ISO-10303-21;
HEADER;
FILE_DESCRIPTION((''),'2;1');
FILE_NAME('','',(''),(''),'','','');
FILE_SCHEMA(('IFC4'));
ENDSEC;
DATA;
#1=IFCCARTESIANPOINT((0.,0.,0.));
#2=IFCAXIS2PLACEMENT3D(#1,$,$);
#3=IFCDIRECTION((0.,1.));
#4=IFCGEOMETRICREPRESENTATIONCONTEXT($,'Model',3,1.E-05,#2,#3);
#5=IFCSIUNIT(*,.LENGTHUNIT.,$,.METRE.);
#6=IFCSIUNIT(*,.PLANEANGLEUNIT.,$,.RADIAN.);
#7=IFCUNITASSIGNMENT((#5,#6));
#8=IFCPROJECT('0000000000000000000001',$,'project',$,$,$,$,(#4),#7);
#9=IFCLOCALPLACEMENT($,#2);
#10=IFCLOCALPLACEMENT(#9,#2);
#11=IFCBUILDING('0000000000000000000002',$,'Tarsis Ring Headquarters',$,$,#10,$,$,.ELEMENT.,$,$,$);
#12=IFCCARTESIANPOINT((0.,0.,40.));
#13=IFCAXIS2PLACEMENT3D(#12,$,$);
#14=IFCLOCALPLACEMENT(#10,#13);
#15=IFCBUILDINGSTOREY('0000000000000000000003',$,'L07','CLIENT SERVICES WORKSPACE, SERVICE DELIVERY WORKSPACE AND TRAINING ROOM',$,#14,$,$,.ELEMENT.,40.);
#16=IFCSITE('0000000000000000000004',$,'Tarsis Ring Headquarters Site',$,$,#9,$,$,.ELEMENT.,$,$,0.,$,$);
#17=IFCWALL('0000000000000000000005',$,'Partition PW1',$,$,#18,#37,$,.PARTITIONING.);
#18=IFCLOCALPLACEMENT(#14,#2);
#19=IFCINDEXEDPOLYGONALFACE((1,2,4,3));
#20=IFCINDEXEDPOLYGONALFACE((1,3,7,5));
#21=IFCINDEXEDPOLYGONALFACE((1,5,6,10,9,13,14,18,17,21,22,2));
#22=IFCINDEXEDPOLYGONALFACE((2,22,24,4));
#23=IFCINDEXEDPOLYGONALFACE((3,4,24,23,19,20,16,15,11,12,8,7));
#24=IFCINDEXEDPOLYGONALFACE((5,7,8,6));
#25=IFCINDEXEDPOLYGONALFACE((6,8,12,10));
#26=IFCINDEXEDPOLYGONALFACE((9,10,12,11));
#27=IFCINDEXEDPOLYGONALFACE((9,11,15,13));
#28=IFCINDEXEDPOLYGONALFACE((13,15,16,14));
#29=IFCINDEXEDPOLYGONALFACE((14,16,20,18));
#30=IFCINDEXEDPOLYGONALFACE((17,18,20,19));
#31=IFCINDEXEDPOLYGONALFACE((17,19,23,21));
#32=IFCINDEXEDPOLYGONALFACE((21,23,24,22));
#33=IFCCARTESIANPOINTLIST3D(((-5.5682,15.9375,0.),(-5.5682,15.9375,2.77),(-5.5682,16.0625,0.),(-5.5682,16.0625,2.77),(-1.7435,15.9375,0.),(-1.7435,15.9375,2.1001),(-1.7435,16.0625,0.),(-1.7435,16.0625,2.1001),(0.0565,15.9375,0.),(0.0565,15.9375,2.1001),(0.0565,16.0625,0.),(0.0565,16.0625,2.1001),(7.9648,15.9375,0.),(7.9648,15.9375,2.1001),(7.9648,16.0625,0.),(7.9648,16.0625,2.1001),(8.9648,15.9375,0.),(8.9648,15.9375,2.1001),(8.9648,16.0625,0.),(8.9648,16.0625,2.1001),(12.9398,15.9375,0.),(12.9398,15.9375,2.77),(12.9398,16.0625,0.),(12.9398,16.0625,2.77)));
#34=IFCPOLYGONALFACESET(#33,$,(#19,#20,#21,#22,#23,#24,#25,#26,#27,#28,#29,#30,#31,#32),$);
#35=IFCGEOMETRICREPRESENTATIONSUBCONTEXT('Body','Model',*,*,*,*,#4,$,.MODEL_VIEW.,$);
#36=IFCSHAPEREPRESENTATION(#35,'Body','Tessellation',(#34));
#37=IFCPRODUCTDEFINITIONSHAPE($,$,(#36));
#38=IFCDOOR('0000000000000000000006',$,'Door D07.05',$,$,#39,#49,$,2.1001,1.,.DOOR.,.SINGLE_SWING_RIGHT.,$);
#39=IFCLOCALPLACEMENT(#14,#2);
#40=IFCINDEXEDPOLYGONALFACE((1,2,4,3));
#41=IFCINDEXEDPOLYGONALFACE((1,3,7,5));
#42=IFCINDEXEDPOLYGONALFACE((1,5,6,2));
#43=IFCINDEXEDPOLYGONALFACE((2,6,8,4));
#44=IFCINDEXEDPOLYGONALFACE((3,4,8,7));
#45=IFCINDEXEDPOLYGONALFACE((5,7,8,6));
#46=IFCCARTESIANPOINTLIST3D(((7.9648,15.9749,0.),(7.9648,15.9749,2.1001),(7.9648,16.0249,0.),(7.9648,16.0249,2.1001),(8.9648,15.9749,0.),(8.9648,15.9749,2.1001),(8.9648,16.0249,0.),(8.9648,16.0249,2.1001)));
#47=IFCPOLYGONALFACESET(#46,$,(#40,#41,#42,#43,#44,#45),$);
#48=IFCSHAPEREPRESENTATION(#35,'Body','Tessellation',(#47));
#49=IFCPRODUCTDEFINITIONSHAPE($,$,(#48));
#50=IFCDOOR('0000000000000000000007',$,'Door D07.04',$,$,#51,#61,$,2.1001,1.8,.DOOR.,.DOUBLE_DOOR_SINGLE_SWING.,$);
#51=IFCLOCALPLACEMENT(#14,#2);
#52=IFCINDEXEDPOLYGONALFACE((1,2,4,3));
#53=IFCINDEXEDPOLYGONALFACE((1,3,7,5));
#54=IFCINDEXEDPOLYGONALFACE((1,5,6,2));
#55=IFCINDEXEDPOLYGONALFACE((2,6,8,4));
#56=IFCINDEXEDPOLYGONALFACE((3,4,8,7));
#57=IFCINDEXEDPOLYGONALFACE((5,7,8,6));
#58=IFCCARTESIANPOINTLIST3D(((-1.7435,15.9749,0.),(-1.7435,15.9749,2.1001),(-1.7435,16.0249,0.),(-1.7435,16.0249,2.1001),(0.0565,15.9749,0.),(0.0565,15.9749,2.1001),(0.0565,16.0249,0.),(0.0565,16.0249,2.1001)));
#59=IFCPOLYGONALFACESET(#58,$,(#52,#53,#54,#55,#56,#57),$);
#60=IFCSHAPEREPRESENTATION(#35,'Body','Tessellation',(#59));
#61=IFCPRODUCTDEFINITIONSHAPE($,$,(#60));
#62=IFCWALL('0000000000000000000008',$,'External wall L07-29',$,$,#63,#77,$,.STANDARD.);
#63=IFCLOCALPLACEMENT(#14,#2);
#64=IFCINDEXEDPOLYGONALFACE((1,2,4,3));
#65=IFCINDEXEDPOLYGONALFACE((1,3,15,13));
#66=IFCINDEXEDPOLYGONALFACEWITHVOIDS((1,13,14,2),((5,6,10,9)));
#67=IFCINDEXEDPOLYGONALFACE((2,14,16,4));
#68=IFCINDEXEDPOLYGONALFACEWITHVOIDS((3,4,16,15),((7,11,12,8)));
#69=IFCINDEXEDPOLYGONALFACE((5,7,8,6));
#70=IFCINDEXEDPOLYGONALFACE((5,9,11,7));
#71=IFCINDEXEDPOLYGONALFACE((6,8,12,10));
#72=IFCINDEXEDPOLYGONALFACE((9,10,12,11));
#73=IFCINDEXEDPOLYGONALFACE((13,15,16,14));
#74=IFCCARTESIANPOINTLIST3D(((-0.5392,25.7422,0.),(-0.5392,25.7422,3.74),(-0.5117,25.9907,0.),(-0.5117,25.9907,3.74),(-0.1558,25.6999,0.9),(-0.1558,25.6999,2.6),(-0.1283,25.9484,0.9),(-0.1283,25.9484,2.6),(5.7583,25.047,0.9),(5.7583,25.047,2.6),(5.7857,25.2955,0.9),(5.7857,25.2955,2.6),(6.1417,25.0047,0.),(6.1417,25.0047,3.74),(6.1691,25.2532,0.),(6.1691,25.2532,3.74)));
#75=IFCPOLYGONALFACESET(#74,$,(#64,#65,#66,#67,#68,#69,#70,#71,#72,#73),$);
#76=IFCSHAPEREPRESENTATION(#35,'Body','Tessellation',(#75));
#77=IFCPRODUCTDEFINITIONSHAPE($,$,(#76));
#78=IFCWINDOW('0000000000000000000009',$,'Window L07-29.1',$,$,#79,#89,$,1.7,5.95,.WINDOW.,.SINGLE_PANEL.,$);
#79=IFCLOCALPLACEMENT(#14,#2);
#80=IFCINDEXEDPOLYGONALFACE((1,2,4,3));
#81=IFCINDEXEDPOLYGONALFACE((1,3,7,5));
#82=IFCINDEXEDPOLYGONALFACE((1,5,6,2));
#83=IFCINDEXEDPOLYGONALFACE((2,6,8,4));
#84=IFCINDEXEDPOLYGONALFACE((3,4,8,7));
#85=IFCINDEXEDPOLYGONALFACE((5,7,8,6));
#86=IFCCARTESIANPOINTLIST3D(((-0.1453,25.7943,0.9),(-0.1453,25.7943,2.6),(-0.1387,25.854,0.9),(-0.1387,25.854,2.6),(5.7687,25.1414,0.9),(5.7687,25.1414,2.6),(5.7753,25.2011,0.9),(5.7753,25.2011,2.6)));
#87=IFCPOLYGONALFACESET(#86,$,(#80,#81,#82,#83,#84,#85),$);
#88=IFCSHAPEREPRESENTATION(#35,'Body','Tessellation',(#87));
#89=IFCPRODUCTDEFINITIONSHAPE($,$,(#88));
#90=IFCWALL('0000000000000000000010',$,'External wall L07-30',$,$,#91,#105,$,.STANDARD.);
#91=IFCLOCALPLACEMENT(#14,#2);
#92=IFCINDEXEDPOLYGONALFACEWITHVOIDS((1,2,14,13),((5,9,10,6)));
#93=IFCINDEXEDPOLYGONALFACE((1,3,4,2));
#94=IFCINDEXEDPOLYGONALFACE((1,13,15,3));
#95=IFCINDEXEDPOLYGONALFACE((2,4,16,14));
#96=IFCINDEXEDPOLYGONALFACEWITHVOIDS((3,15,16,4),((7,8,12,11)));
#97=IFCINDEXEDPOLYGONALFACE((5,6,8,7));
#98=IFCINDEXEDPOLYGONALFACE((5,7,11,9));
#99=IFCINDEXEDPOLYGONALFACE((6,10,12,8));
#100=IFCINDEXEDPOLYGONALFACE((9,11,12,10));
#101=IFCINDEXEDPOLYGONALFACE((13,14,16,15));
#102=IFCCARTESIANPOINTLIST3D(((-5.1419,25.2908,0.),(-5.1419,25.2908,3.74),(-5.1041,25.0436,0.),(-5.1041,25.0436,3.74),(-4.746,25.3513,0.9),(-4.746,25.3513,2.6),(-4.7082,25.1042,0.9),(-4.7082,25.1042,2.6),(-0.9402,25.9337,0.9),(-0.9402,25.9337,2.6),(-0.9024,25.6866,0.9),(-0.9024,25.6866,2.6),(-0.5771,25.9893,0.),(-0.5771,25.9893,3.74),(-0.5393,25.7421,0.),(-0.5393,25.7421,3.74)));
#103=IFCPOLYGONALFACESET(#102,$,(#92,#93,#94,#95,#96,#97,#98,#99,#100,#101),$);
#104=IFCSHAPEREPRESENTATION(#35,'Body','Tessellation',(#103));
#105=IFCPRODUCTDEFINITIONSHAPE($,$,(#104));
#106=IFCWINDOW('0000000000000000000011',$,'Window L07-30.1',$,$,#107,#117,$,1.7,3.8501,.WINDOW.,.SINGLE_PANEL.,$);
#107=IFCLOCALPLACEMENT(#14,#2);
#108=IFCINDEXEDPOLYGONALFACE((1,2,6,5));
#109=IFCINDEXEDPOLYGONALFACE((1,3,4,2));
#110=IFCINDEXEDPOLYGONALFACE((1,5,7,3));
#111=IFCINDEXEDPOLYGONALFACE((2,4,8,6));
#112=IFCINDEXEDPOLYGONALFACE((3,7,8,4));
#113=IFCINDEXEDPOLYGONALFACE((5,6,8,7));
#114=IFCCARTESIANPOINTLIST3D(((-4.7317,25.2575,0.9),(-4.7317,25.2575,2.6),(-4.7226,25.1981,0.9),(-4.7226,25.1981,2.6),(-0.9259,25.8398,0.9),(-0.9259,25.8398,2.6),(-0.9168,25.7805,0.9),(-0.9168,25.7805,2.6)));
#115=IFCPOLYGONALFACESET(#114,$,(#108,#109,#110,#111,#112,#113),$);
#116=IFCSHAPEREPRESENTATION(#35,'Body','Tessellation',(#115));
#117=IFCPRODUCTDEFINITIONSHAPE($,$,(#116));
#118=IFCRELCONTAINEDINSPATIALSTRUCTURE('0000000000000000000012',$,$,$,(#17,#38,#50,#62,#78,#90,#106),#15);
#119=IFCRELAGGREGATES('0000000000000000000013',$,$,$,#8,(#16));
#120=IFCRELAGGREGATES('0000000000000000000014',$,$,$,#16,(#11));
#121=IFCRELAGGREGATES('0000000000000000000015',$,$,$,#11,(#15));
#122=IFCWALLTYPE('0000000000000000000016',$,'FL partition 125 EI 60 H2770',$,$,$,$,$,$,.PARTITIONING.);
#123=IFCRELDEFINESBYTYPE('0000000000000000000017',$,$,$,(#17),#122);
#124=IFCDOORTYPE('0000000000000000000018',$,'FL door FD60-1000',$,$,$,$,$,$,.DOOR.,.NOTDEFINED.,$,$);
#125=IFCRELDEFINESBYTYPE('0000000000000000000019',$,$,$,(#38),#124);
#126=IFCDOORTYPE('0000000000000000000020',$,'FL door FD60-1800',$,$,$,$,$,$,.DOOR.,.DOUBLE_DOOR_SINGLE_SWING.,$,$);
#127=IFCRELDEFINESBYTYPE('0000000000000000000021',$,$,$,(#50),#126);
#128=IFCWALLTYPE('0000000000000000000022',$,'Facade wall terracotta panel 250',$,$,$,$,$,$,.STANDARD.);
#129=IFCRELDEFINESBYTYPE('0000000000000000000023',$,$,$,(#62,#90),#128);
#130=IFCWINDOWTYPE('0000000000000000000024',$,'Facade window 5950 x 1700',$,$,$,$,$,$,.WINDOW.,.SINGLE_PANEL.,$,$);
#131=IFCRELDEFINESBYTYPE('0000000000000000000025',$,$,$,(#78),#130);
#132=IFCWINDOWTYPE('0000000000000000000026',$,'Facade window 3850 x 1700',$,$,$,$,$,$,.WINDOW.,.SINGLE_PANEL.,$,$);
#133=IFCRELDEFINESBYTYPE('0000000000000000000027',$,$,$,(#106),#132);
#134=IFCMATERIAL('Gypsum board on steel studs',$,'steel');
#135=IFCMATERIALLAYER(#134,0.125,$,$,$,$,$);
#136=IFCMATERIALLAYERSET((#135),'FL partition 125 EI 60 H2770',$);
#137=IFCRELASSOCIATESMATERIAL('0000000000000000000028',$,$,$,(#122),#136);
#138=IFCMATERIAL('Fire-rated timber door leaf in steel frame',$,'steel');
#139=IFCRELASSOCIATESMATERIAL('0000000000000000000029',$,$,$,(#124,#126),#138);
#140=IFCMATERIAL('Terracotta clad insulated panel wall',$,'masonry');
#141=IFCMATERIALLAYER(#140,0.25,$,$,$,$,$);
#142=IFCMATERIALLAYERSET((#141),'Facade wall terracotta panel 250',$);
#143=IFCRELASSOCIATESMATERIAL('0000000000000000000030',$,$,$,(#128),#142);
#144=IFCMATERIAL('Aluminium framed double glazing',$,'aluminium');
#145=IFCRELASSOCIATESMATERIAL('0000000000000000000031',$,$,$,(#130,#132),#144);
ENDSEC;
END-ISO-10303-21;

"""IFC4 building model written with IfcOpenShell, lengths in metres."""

from ifc_helpers import new_model, si_unit, direction, frame, frame_2d, origin, place, context, subcontext, project, spatial, rectangle, extrude, material, layer, layer_set, type_object, element, fill, save


model = new_model("IFC4")

# Units and contexts
model_context = context("Model", 3, precision=1e-05, world=origin(), true_north=direction((0.0, 1.0)))
body_context = subcontext(model_context, "Body", "Model", "MODEL_VIEW")
ifc_project = project(units=[si_unit("LENGTHUNIT", "METRE"), si_unit("PLANEANGLEUNIT", "RADIAN")], contexts=[model_context])

# Site, building, storey
site_placement = place(None, origin())
site = spatial("IfcSite", under=ifc_project, at=site_placement, Name="Tarsis Ring Headquarters Site", CompositionType="ELEMENT", RefElevation=0.0)
building_placement = place(site_placement, origin())
building = spatial("IfcBuilding", under=site, at=building_placement, Name="Tarsis Ring Headquarters", CompositionType="ELEMENT")
storey_placement = place(building_placement, frame((0.0, 0.0, 40.0)))
storey = spatial("IfcBuildingStorey", under=building, at=storey_placement, Name="L07", Description="CLIENT SERVICES WORKSPACE, SERVICE DELIVERY WORKSPACE AND TRAINING ROOM", CompositionType="ELEMENT", Elevation=40.0)

# Shared definitions
ifc_material_1 = material(Name="Gypsum board on steel studs", Category="steel")

# Wall, openings, doors
ifc_layer_1 = layer(ifc_material_1, 0.125)
ifc_layer_set_1 = layer_set([ifc_layer_1], Name="FL partition 125 EI 60 H2770")
wall_type_1 = type_object("IfcWallType", Name="FL partition 125 EI 60 H2770", PredefinedType="PARTITIONING", material=ifc_layer_set_1)
wall_1_placement = place(storey_placement, frame((-5.5681, 16.0, 0.0), z_axis=(0.0, 0.0, 1.0), x_axis=(1.0, 0.0, 0.0)))
wall_1 = element("IfcWall", 1, at=wall_1_placement, inside=storey, type_object=wall_type_1, Name="Partition PW1", PredefinedType="PARTITIONING", context=body_context, shape_type="SweptSolid", body=[
    extrude(rectangle(XDim=18.5081, YDim=0.125, at=frame_2d((9.2539, 0.0))), origin(), (0.0, 0.0, 1.0), 2.77),
])
opening_1_placement = place(wall_1_placement, frame((3.8247, 0.0, 0.0)))
opening_1 = element("IfcOpeningElement", 2, at=opening_1_placement, cuts=wall_1, PredefinedType="OPENING", context=body_context, shape_type="SweptSolid", body=[
    extrude(rectangle(XDim=1.8, YDim=2.1001, at=frame_2d((0.8999, 1.05))), frame((0.0, 0.0725, 0.0), z_axis=(0.0, -1.0, 0.0), x_axis=(1.0, 0.0, 0.0)), (0.0, 0.0, 1.0), 0.145),
])
opening_2_placement = place(wall_1_placement, frame((13.533, 0.0, 0.0)))
opening_2 = element("IfcOpeningElement", 3, at=opening_2_placement, cuts=wall_1, PredefinedType="OPENING", context=body_context, shape_type="SweptSolid", body=[
    extrude(rectangle(XDim=1.0, YDim=2.1001, at=frame_2d((0.5, 1.05))), frame((0.0, 0.0725, 0.0), z_axis=(0.0, -1.0, 0.0), x_axis=(1.0, 0.0, 0.0)), (0.0, 0.0, 1.0), 0.145),
])
ifc_material_2 = material(Name="Fire-rated timber door leaf in steel frame", Category="steel")
door_type_1 = type_object("IfcDoorType", Name="FL door FD60-1000", OperationType="NOTDEFINED", PredefinedType="DOOR", material=ifc_material_2)
door_1_placement = place(opening_2_placement, origin())
door_1 = element("IfcDoor", 4, at=door_1_placement, inside=storey, type_object=door_type_1, Name="Door D07.05", OperationType="SINGLE_SWING_RIGHT", OverallHeight=2.1001, OverallWidth=1.0, PredefinedType="DOOR", context=body_context, shape_type="SweptSolid", body=[
    extrude(rectangle(XDim=1.0, YDim=2.1001, at=frame_2d((0.5, 1.05))), frame((0.0, 0.0249, 0.0), z_axis=(0.0, -1.0, 0.0), x_axis=(1.0, 0.0, 0.0)), (0.0, 0.0, 1.0), 0.05),
])
fill(opening_2, door_1)
door_type_2 = type_object("IfcDoorType", Name="FL door FD60-1800", OperationType="DOUBLE_DOOR_SINGLE_SWING", PredefinedType="DOOR", material=ifc_material_2)
door_2_placement = place(opening_1_placement, origin())
door_2 = element("IfcDoor", 5, at=door_2_placement, inside=storey, type_object=door_type_2, Name="Door D07.04", OperationType="DOUBLE_DOOR_SINGLE_SWING", OverallHeight=2.1001, OverallWidth=1.8, PredefinedType="DOOR", context=body_context, shape_type="SweptSolid", body=[
    extrude(rectangle(XDim=1.8, YDim=2.1001, at=frame_2d((0.8999, 1.05))), frame((0.0, 0.0249, 0.0), z_axis=(0.0, -1.0, 0.0), x_axis=(1.0, 0.0, 0.0)), (0.0, 0.0, 1.0), 0.05),
])
fill(opening_1, door_2)

# Walls, openings, windows
ifc_material_3 = material(Name="Terracotta clad insulated panel wall", Category="masonry")
ifc_layer_2 = layer(ifc_material_3, 0.25)
ifc_layer_set_2 = layer_set([ifc_layer_2], Name="Facade wall terracotta panel 250")
wall_type_2 = type_object("IfcWallType", Name="Facade wall terracotta panel 250", PredefinedType="STANDARD", material=ifc_layer_set_2)
wall_2_placement = place(storey_placement, frame((6.1555, 25.1289, 0.0), z_axis=(0.0, 0.0, 1.0), x_axis=(-0.993961, 0.10973, 0.0)))
wall_2 = element("IfcWall", 6, at=wall_2_placement, inside=storey, type_object=wall_type_2, Name="External wall L07-29", PredefinedType="STANDARD", context=body_context, shape_type="SweptSolid", body=[
    extrude(rectangle(XDim=6.7214, YDim=0.25, at=frame_2d((3.3608, 0.0))), origin(), (0.0, 0.0, 1.0), 3.74),
])
opening_3_placement = place(wall_2_placement, frame((0.3857, 0.0, 0.8999)))
opening_3 = element("IfcOpeningElement", 7, at=opening_3_placement, cuts=wall_2, PredefinedType="OPENING", context=body_context, shape_type="SweptSolid", body=[
    extrude(rectangle(XDim=5.95, YDim=1.7, at=frame_2d((2.9751, 0.8501))), frame((0.0, 0.135, 0.0), z_axis=(0.0, -1.0, 0.0), x_axis=(1.0, 0.0, 0.0)), (0.0, 0.0, 1.0), 0.27),
])
ifc_material_4 = material(Name="Aluminium framed double glazing", Category="aluminium")
window_type_1 = type_object("IfcWindowType", Name="Facade window 5950 x 1700", PartitioningType="SINGLE_PANEL", PredefinedType="WINDOW", material=ifc_material_4)
window_1_placement = place(opening_3_placement, origin())
window_1 = element("IfcWindow", 8, at=window_1_placement, inside=storey, type_object=window_type_1, Name="Window L07-29.1", OverallHeight=1.7, OverallWidth=5.95, PartitioningType="SINGLE_PANEL", PredefinedType="WINDOW", context=body_context, shape_type="SweptSolid", body=[
    extrude(rectangle(XDim=5.95, YDim=1.7, at=frame_2d((2.9751, 0.8501))), frame((0.0, 0.03, 0.0), z_axis=(0.0, -1.0, 0.0), x_axis=(1.0, 0.0, 0.0)), (0.0, 0.0, 1.0), 0.0601),
])
fill(opening_3, window_1)
wall_3_placement = place(storey_placement, frame((-0.5581, 25.8657, 0.0), z_axis=(0.0, 0.0, 1.0), x_axis=(-0.988494, -0.151259, 0.0)))
wall_3 = element("IfcWall", 9, at=wall_3_placement, inside=storey, type_object=wall_type_2, Name="External wall L07-30", PredefinedType="STANDARD", context=body_context, shape_type="SweptSolid", body=[
    extrude(rectangle(XDim=4.6179, YDim=0.25, at=frame_2d((2.3091, 0.0))), origin(), (0.0, 0.0, 1.0), 3.74),
])
opening_4_placement = place(wall_3_placement, frame((0.3674, 0.0, 0.8999)))
opening_4 = element("IfcOpeningElement", 10, at=opening_4_placement, cuts=wall_3, PredefinedType="OPENING", context=body_context, shape_type="SweptSolid", body=[
    extrude(rectangle(XDim=3.8501, YDim=1.7, at=frame_2d((1.925, 0.8501))), frame((0.0, 0.135, 0.0), z_axis=(0.0, -1.0, 0.0), x_axis=(1.0, 0.0, 0.0)), (0.0, 0.0, 1.0), 0.27),
])
window_type_2 = type_object("IfcWindowType", Name="Facade window 3850 x 1700", PartitioningType="SINGLE_PANEL", PredefinedType="WINDOW", material=ifc_material_4)
window_2_placement = place(opening_4_placement, origin())
window_2 = element("IfcWindow", 11, at=window_2_placement, inside=storey, type_object=window_type_2, Name="Window L07-30.1", OverallHeight=1.7, OverallWidth=3.8501, PartitioningType="SINGLE_PANEL", PredefinedType="WINDOW", context=body_context, shape_type="SweptSolid", body=[
    extrude(rectangle(XDim=3.8501, YDim=1.7, at=frame_2d((1.925, 0.8501))), frame((0.0, 0.03, 0.0), z_axis=(0.0, -1.0, 0.0), x_axis=(1.0, 0.0, 0.0)), (0.0, 0.0, 1.0), 0.0601),
])
fill(opening_4, window_2)

save(model, "model.ifc")
